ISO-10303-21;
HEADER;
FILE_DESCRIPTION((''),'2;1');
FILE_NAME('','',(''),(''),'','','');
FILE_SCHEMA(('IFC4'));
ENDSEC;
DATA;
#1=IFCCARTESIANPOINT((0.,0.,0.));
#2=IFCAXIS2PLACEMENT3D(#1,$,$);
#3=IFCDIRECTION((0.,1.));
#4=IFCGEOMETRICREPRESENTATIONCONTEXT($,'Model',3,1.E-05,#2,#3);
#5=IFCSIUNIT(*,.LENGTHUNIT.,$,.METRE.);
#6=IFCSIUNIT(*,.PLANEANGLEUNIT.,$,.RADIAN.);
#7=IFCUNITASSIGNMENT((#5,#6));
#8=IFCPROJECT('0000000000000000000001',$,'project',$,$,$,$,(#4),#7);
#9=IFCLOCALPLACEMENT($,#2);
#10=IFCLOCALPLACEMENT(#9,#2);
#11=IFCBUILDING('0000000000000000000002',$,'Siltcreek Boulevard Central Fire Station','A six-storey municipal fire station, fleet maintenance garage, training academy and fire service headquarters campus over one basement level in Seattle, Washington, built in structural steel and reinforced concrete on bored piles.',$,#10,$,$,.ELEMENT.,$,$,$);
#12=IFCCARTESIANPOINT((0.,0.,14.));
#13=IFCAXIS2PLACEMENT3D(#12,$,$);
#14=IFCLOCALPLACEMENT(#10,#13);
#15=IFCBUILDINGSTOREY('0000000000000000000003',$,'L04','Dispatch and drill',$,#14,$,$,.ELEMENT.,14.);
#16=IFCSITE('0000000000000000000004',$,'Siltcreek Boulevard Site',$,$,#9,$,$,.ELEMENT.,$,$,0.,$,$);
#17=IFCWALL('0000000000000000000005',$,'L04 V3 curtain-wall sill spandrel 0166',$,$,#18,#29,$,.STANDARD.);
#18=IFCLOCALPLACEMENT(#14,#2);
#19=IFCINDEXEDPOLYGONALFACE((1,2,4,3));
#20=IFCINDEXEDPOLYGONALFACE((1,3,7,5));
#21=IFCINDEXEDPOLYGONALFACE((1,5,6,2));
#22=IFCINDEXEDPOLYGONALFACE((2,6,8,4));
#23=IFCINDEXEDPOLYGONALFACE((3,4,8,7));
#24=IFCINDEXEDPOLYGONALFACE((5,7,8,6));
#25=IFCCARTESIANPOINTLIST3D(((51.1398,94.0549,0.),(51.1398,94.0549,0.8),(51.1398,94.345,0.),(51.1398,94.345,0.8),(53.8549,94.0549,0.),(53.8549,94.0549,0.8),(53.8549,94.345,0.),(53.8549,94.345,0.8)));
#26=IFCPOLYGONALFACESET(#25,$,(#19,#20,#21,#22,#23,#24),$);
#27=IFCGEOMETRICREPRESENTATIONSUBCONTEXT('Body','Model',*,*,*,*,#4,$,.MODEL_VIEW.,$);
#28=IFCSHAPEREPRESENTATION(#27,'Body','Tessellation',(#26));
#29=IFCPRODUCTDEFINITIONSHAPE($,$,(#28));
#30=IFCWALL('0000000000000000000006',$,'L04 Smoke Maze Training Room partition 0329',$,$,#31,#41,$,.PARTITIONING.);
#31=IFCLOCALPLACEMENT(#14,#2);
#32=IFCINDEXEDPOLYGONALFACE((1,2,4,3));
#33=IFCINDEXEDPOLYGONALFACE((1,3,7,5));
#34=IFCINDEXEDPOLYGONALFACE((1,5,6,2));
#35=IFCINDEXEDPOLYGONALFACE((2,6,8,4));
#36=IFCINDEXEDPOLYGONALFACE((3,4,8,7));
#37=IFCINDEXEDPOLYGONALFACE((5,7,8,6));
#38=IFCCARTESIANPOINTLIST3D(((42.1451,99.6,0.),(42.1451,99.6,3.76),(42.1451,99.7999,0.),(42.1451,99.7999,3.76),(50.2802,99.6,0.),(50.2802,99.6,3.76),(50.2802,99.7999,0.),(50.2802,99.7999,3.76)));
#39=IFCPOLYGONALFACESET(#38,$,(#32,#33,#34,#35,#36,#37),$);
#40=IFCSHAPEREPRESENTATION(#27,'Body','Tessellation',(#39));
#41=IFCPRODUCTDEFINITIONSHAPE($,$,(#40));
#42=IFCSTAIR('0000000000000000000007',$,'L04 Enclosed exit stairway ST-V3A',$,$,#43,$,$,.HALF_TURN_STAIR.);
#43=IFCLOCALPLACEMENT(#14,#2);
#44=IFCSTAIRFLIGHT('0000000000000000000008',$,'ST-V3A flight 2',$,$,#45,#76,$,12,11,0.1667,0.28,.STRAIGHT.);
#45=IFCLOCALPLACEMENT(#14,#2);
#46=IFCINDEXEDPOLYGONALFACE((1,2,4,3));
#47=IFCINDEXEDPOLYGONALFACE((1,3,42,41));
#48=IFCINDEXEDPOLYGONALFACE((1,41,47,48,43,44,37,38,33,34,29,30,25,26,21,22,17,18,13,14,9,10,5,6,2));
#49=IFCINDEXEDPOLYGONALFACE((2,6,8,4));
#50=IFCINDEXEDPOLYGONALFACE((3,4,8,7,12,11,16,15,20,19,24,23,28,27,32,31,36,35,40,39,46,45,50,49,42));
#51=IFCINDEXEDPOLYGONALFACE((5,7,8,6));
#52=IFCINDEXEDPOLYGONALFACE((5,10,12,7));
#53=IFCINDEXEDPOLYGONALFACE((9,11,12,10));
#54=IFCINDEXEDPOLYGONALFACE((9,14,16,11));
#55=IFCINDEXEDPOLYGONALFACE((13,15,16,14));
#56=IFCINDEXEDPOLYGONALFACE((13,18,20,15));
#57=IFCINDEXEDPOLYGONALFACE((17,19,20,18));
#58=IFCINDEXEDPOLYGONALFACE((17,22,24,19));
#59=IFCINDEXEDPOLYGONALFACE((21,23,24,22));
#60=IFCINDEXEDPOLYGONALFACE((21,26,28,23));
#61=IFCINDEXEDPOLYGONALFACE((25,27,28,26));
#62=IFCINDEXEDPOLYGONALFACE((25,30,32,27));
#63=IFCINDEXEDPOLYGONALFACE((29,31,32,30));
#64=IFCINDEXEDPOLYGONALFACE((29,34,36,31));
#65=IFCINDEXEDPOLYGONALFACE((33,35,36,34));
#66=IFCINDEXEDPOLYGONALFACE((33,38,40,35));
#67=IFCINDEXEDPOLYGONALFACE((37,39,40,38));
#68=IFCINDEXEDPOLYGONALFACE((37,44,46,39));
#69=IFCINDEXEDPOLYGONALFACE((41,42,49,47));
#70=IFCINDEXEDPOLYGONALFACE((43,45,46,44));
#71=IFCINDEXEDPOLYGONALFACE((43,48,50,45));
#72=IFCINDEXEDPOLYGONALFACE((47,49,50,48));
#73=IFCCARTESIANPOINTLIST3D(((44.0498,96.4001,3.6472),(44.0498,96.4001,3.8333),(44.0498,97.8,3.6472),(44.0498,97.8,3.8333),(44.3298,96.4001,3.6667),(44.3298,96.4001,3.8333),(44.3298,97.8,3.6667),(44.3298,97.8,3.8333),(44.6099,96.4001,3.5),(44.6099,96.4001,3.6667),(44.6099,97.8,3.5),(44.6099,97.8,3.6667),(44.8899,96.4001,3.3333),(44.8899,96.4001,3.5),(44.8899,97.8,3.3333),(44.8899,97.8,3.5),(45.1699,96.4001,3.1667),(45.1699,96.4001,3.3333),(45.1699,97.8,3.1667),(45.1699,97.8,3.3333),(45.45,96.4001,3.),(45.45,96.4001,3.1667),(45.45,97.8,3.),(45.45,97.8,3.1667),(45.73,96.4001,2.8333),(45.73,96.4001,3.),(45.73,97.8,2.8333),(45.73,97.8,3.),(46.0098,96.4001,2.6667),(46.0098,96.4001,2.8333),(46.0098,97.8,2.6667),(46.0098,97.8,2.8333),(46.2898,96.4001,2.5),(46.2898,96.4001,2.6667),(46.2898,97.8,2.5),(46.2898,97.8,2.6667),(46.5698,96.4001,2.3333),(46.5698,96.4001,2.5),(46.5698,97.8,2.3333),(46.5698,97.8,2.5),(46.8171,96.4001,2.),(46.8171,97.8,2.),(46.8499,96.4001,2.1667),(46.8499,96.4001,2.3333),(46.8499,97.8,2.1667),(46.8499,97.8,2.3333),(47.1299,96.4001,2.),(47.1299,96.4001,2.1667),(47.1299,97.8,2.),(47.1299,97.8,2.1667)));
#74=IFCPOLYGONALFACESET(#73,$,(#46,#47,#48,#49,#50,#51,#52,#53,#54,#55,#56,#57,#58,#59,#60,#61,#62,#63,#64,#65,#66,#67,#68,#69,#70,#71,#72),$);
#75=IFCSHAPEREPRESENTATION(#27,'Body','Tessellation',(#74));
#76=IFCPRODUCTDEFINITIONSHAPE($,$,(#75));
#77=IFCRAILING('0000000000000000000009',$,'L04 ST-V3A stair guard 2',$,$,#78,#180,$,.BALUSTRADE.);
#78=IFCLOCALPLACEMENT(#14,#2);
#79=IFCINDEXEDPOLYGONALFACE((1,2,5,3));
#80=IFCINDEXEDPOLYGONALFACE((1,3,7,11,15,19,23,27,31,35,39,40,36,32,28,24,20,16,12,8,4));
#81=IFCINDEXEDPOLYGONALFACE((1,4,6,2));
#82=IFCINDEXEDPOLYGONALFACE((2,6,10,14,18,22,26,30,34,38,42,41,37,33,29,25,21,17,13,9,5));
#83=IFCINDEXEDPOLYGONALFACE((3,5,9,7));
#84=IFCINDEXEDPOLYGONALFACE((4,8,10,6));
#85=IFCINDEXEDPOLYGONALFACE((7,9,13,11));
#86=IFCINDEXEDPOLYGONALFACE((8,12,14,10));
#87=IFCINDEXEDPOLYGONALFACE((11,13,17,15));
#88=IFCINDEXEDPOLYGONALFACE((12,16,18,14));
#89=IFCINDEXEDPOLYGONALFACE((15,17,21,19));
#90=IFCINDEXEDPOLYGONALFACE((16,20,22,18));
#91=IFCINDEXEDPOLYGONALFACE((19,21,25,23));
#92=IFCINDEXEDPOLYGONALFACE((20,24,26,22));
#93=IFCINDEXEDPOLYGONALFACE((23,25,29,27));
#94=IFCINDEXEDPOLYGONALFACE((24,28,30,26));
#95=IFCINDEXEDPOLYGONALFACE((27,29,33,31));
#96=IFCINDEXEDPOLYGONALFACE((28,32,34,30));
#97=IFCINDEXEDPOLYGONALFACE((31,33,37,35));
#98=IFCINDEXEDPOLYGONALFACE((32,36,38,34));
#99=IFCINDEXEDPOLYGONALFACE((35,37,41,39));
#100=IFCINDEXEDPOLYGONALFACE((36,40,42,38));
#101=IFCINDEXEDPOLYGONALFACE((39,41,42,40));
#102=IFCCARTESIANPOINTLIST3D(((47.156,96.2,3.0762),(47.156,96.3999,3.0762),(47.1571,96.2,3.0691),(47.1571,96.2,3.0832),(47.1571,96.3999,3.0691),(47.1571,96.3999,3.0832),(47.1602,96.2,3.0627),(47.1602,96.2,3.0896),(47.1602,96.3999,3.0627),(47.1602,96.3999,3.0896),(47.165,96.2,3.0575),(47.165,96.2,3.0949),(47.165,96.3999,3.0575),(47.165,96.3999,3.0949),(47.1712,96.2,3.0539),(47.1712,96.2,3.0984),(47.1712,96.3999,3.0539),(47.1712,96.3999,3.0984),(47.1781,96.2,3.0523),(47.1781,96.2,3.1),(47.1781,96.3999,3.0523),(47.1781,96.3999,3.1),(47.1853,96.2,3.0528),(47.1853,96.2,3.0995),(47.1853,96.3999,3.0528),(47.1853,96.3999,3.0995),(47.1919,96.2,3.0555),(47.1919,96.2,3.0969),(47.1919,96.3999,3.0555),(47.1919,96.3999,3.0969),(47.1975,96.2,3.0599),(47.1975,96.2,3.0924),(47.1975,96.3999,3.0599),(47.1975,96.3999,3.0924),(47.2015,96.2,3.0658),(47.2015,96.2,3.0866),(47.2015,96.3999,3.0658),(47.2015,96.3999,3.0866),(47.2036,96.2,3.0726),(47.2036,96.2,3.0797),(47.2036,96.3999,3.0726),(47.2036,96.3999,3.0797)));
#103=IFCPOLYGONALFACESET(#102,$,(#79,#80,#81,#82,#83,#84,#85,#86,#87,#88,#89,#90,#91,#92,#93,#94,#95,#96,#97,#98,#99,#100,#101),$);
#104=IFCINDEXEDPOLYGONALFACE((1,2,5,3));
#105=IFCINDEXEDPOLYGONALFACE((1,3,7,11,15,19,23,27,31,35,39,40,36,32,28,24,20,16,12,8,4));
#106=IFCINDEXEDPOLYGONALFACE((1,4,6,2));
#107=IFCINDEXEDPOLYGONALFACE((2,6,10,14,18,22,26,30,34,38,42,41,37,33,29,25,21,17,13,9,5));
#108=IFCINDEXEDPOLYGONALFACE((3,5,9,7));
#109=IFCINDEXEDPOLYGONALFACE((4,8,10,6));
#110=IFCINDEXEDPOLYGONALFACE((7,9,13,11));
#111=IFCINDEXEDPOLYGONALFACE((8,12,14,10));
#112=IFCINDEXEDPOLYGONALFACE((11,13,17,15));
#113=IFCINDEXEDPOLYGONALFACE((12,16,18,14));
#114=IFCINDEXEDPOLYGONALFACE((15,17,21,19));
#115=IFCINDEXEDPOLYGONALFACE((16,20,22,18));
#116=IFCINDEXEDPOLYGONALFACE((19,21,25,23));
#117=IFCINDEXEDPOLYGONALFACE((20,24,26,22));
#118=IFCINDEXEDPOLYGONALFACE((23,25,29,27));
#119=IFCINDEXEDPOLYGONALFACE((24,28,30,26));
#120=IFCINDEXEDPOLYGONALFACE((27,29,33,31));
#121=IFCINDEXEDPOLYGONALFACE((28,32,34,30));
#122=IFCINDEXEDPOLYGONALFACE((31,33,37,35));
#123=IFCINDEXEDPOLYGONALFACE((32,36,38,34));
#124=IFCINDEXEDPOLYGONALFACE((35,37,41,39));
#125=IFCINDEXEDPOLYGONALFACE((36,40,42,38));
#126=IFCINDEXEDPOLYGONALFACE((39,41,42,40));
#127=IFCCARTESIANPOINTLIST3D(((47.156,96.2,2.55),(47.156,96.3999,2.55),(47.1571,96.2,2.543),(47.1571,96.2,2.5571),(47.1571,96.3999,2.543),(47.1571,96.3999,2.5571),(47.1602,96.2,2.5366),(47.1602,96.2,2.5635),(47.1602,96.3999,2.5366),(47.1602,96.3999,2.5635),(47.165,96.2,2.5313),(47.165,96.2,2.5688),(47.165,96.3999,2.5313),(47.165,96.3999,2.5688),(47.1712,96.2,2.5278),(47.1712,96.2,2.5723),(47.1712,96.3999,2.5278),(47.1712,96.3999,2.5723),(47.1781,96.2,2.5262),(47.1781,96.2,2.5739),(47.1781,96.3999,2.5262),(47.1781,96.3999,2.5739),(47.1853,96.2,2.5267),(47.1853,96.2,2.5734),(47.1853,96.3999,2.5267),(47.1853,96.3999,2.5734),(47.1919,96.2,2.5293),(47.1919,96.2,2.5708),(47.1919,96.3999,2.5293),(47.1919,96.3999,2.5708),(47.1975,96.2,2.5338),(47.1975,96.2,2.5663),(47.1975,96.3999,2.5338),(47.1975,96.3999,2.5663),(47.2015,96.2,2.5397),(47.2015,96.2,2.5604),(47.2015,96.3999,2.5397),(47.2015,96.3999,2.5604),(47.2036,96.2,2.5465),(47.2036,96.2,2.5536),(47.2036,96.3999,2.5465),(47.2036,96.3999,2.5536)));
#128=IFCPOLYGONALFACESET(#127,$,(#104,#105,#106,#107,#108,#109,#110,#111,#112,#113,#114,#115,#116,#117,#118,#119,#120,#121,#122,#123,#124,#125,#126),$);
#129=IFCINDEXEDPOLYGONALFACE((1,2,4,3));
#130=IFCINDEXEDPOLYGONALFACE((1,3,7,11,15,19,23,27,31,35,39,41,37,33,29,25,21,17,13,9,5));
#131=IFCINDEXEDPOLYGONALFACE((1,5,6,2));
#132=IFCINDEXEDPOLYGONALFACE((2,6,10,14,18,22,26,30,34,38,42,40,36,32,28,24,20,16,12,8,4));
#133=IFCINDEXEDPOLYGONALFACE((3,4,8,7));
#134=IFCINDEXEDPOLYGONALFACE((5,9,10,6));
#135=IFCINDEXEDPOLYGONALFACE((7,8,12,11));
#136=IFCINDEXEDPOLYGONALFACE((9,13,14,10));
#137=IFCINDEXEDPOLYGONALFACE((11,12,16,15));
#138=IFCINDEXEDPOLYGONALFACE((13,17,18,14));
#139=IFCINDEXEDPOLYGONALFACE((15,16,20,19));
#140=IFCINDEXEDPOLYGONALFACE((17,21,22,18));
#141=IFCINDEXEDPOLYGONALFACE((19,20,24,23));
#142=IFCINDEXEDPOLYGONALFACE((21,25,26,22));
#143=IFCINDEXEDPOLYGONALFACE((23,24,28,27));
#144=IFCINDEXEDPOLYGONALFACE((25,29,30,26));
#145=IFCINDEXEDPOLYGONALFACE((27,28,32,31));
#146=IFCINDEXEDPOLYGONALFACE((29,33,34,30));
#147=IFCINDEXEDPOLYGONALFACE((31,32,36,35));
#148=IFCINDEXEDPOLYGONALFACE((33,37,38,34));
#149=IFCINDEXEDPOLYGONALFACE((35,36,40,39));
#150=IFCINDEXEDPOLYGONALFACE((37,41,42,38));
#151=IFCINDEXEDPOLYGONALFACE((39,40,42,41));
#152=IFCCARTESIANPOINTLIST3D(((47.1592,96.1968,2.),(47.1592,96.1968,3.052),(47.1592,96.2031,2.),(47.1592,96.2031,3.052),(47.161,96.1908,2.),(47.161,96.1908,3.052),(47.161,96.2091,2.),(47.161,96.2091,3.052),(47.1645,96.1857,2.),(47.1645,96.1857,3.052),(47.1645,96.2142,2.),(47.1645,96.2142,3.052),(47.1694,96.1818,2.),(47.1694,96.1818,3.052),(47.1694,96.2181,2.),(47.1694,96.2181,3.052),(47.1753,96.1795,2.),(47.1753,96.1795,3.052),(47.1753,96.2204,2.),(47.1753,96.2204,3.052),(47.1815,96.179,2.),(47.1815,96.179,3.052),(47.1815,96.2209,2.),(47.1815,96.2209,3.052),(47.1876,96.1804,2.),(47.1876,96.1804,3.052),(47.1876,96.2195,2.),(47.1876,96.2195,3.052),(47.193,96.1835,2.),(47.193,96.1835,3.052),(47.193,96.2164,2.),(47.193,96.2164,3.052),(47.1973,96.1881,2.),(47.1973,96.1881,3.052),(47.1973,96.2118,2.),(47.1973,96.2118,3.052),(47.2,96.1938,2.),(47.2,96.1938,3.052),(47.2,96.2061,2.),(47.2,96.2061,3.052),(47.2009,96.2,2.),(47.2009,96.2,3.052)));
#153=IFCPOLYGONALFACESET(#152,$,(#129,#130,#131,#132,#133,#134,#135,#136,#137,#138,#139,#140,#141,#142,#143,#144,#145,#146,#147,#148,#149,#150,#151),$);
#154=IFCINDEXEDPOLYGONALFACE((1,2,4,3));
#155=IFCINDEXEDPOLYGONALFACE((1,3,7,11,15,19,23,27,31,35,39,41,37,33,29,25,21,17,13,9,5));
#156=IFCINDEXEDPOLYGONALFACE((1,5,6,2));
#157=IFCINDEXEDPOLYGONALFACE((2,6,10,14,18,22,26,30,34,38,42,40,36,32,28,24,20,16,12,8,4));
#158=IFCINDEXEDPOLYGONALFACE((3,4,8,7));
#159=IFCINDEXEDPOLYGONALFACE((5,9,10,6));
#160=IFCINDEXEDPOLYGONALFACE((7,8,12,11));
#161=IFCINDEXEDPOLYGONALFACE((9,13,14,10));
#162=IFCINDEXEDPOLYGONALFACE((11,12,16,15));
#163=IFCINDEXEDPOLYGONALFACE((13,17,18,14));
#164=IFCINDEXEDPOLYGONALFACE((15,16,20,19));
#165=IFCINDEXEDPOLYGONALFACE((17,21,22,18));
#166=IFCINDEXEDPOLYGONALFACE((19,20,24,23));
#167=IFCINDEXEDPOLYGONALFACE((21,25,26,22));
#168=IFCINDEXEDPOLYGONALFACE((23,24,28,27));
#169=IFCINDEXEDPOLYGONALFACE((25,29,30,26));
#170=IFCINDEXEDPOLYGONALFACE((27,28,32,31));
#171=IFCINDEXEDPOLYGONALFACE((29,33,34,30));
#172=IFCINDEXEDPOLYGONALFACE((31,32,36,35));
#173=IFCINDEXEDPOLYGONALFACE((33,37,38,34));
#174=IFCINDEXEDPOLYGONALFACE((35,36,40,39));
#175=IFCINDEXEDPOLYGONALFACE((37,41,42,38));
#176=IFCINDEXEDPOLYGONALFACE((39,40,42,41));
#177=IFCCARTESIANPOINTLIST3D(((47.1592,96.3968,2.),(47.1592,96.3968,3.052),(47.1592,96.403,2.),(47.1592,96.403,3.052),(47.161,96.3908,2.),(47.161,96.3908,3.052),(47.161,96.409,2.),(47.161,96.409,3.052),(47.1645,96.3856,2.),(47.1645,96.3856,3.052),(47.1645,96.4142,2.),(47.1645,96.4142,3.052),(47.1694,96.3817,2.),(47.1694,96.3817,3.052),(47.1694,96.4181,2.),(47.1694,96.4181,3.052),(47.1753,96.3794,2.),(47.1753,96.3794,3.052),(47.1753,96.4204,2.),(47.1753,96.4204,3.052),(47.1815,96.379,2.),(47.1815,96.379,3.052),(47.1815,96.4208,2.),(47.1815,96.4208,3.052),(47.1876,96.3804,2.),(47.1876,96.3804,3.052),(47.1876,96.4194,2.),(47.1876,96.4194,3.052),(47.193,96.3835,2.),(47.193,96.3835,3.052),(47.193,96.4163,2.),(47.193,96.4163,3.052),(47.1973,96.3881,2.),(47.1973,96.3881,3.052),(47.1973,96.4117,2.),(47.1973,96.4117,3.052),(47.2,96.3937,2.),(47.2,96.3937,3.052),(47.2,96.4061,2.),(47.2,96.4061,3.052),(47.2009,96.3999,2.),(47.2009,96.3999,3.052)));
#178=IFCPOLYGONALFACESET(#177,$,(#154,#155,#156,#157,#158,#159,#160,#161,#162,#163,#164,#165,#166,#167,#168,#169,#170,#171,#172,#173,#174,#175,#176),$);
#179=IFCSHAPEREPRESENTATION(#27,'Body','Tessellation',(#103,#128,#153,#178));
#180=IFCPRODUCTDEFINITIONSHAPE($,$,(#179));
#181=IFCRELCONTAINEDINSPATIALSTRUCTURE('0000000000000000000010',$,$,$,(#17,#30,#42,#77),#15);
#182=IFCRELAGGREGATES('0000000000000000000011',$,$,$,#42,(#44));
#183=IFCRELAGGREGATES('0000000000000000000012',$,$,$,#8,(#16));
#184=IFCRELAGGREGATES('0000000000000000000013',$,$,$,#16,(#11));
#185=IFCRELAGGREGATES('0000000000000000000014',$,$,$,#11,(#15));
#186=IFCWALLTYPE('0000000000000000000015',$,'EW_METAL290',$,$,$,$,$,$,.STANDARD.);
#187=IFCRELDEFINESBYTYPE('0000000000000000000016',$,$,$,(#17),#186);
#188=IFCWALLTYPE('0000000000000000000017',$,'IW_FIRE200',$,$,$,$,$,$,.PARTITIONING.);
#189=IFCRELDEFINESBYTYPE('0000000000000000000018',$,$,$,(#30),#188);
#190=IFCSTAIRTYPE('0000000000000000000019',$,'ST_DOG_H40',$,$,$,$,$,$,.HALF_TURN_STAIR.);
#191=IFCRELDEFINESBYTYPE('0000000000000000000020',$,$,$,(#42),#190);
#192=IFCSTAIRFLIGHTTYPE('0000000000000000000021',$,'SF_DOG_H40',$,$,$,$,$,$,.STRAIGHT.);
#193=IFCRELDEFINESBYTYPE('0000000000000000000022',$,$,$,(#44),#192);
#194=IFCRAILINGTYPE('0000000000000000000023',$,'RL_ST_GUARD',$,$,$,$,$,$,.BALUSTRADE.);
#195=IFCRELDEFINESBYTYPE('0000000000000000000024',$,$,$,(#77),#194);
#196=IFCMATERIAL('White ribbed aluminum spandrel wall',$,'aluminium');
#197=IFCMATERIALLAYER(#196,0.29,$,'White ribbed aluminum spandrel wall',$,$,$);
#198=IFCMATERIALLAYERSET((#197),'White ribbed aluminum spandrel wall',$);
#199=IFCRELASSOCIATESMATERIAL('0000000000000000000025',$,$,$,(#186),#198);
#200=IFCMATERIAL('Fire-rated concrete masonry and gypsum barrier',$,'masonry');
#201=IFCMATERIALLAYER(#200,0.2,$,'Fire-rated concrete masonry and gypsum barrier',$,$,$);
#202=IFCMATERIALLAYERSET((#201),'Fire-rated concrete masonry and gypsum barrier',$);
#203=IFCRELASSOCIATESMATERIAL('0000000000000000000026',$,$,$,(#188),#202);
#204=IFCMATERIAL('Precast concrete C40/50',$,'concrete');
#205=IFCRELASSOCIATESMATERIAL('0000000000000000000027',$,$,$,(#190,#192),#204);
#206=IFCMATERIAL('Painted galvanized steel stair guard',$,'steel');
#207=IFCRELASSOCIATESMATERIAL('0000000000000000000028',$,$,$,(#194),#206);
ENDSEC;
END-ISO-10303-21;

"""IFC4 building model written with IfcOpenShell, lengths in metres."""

from ifc_helpers import new_model, si_unit, direction, frame, frame_2d, origin, origin_2d, place, context, subcontext, project, spatial, polyline, rectangle, circle, outline, extrude, material, layer, layer_set, type_object, element, aggregate, save


model = new_model("IFC4")

# Units and contexts
model_context = context("Model", 3, precision=1e-05, world=origin(), true_north=direction((0.0, 1.0)))
body_context = subcontext(model_context, "Body", "Model", "MODEL_VIEW")
ifc_project = project(units=[si_unit("LENGTHUNIT", "METRE"), si_unit("PLANEANGLEUNIT", "RADIAN")], contexts=[model_context])

# Site, building, storey
site_placement = place(None, origin())
site = spatial("IfcSite", under=ifc_project, at=site_placement, Name="Siltcreek Boulevard Site", CompositionType="ELEMENT", RefElevation=0.0)
building_placement = place(site_placement, origin())
building = spatial("IfcBuilding", under=site, at=building_placement, Name="Siltcreek Boulevard Central Fire Station", Description="A six-storey municipal fire station, fleet maintenance garage, training academy and fire service headquarters campus over one basement level in Seattle, Washington, built in structural steel and reinforced concrete on bored piles.", CompositionType="ELEMENT")
storey_placement = place(building_placement, frame((0.0, 0.0, 14.0)))
storey = spatial("IfcBuildingStorey", under=building, at=storey_placement, Name="L04", Description="Dispatch and drill", CompositionType="ELEMENT", Elevation=14.0)

# Walls
ifc_material_1 = material(Name="White ribbed aluminum spandrel wall", Category="aluminium")
ifc_layer_1 = layer(ifc_material_1, 0.29, Name="White ribbed aluminum spandrel wall")
ifc_layer_set_1 = layer_set([ifc_layer_1], Name="White ribbed aluminum spandrel wall")
wall_type_1 = type_object("IfcWallType", Name="EW_METAL290", PredefinedType="STANDARD", material=ifc_layer_set_1)
wall_1_placement = place(storey_placement, frame((51.1399, 94.2, 0.0), z_axis=(0.0, 0.0, 1.0), x_axis=(1.0, 0.0, 0.0)))
element("IfcWall", 1, at=wall_1_placement, inside=storey, type_object=wall_type_1, Name="L04 V3 curtain-wall sill spandrel 0166", PredefinedType="STANDARD", context=body_context, shape_type="SweptSolid", body=[
    extrude(rectangle(XDim=2.7151, YDim=0.29, at=frame_2d((1.3574, 0.0))), origin(), (0.0, 0.0, 1.0), 0.8),
])
ifc_material_2 = material(Name="Fire-rated concrete masonry and gypsum barrier", Category="masonry")
ifc_layer_2 = layer(ifc_material_2, 0.2, Name="Fire-rated concrete masonry and gypsum barrier")
ifc_layer_set_2 = layer_set([ifc_layer_2], Name="Fire-rated concrete masonry and gypsum barrier")
wall_type_2 = type_object("IfcWallType", Name="IW_FIRE200", PredefinedType="PARTITIONING", material=ifc_layer_set_2)
wall_2_placement = place(storey_placement, frame((50.28, 99.7, 0.0), z_axis=(0.0, 0.0, 1.0), x_axis=(-1.0, 0.0, 0.0)))
element("IfcWall", 2, at=wall_2_placement, inside=storey, type_object=wall_type_2, Name="L04 Smoke Maze Training Room partition 0329", PredefinedType="PARTITIONING", context=body_context, shape_type="SweptSolid", body=[
    extrude(rectangle(XDim=8.135, YDim=0.2, at=frame_2d((4.0674, 0.0))), origin(), (0.0, 0.0, 1.0), 3.76),
])

# Stair, stair flight
ifc_material_3 = material(Name="Precast concrete C40/50", Category="concrete")
stair_type = type_object("IfcStairType", Name="ST_DOG_H40", PredefinedType="HALF_TURN_STAIR", material=ifc_material_3)
stair_placement = place(storey_placement, origin())
stair = element("IfcStair", 3, at=stair_placement, inside=storey, type_object=stair_type, Name="L04 Enclosed exit stairway ST-V3A", PredefinedType="HALF_TURN_STAIR")
stair_flight_type = type_object("IfcStairFlightType", Name="SF_DOG_H40", PredefinedType="STRAIGHT", material=ifc_material_3)
stair_flight_placement = place(storey_placement, frame((47.1299, 97.1001, 2.0), z_axis=(0.0, 0.0, 1.0), x_axis=(-1.0, 0.0, 0.0)))
stair_flight = element("IfcStairFlight", 4, at=stair_flight_placement, type_object=stair_flight_type, Name="ST-V3A flight 2", NumberOfRisers=12, NumberOfTreads=11, PredefinedType="STRAIGHT", RiserHeight=0.1667, TreadLength=0.28, context=body_context, shape_type="SweptSolid", body=[
    extrude(outline(polyline([(0.0, 0.0), (0.0, 0.1667), (0.28, 0.1667), (0.28, 0.3333), (0.5601, 0.3333), (0.5601, 0.5), (0.8401, 0.5), (0.8401, 0.6667), (1.1201, 0.6667), (1.1201, 0.8333), (1.3999, 0.8333), (1.3999, 1.0), (1.6799, 1.0), (1.6799, 1.1667), (1.96, 1.1667), (1.96, 1.3333), (2.24, 1.3333), (2.24, 1.5), (2.52, 1.5), (2.52, 1.6667), (2.8, 1.6667), (2.8, 1.8333), (3.0801, 1.8333), (3.0801, 2.0), (3.0801, 1.6472), (0.3127, 0.0), (0.0, 0.0)])), frame((0.0, 0.7, 0.0), z_axis=(0.0, -1.0, 0.0), x_axis=(1.0, 0.0, 0.0)), (0.0, 0.0, 1.0), 1.3999),
])
aggregate(stair, [stair_flight])

# Railing
ifc_material_4 = material(Name="Painted galvanized steel stair guard", Category="steel")
railing_type_1 = type_object("IfcRailingType", Name="RL_ST_GUARD", PredefinedType="BALUSTRADE", material=ifc_material_4)
railing_1_placement = place(storey_placement, frame((47.1799, 96.2, 2.0)))
element("IfcRailing", 5, at=railing_1_placement, inside=storey, type_object=railing_type_1, Name="L04 ST-V3A stair guard 2", PredefinedType="BALUSTRADE", context=body_context, shape_type="SweptSolid", body=[
    extrude(circle(Radius=0.0239, at=origin_2d()), frame((0.0, 0.0, 1.0762), z_axis=(0.0, 1.0, 0.0), x_axis=(-1.0, 0.0, 0.0)), (0.0, 0.0, 1.0), 0.2),
    extrude(circle(Radius=0.0239, at=origin_2d()), frame((0.0, 0.0, 0.55), z_axis=(0.0, 1.0, 0.0), x_axis=(-1.0, 0.0, 0.0)), (0.0, 0.0, 1.0), 0.2),
    extrude(circle(Radius=0.021, at=origin_2d()), origin(), (0.0, 0.0, 1.0), 1.052),
    extrude(circle(Radius=0.021, at=origin_2d()), frame((0.0, 0.2, 0.0)), (0.0, 0.0, 1.0), 1.052),
])

save(model, "model.ifc")
